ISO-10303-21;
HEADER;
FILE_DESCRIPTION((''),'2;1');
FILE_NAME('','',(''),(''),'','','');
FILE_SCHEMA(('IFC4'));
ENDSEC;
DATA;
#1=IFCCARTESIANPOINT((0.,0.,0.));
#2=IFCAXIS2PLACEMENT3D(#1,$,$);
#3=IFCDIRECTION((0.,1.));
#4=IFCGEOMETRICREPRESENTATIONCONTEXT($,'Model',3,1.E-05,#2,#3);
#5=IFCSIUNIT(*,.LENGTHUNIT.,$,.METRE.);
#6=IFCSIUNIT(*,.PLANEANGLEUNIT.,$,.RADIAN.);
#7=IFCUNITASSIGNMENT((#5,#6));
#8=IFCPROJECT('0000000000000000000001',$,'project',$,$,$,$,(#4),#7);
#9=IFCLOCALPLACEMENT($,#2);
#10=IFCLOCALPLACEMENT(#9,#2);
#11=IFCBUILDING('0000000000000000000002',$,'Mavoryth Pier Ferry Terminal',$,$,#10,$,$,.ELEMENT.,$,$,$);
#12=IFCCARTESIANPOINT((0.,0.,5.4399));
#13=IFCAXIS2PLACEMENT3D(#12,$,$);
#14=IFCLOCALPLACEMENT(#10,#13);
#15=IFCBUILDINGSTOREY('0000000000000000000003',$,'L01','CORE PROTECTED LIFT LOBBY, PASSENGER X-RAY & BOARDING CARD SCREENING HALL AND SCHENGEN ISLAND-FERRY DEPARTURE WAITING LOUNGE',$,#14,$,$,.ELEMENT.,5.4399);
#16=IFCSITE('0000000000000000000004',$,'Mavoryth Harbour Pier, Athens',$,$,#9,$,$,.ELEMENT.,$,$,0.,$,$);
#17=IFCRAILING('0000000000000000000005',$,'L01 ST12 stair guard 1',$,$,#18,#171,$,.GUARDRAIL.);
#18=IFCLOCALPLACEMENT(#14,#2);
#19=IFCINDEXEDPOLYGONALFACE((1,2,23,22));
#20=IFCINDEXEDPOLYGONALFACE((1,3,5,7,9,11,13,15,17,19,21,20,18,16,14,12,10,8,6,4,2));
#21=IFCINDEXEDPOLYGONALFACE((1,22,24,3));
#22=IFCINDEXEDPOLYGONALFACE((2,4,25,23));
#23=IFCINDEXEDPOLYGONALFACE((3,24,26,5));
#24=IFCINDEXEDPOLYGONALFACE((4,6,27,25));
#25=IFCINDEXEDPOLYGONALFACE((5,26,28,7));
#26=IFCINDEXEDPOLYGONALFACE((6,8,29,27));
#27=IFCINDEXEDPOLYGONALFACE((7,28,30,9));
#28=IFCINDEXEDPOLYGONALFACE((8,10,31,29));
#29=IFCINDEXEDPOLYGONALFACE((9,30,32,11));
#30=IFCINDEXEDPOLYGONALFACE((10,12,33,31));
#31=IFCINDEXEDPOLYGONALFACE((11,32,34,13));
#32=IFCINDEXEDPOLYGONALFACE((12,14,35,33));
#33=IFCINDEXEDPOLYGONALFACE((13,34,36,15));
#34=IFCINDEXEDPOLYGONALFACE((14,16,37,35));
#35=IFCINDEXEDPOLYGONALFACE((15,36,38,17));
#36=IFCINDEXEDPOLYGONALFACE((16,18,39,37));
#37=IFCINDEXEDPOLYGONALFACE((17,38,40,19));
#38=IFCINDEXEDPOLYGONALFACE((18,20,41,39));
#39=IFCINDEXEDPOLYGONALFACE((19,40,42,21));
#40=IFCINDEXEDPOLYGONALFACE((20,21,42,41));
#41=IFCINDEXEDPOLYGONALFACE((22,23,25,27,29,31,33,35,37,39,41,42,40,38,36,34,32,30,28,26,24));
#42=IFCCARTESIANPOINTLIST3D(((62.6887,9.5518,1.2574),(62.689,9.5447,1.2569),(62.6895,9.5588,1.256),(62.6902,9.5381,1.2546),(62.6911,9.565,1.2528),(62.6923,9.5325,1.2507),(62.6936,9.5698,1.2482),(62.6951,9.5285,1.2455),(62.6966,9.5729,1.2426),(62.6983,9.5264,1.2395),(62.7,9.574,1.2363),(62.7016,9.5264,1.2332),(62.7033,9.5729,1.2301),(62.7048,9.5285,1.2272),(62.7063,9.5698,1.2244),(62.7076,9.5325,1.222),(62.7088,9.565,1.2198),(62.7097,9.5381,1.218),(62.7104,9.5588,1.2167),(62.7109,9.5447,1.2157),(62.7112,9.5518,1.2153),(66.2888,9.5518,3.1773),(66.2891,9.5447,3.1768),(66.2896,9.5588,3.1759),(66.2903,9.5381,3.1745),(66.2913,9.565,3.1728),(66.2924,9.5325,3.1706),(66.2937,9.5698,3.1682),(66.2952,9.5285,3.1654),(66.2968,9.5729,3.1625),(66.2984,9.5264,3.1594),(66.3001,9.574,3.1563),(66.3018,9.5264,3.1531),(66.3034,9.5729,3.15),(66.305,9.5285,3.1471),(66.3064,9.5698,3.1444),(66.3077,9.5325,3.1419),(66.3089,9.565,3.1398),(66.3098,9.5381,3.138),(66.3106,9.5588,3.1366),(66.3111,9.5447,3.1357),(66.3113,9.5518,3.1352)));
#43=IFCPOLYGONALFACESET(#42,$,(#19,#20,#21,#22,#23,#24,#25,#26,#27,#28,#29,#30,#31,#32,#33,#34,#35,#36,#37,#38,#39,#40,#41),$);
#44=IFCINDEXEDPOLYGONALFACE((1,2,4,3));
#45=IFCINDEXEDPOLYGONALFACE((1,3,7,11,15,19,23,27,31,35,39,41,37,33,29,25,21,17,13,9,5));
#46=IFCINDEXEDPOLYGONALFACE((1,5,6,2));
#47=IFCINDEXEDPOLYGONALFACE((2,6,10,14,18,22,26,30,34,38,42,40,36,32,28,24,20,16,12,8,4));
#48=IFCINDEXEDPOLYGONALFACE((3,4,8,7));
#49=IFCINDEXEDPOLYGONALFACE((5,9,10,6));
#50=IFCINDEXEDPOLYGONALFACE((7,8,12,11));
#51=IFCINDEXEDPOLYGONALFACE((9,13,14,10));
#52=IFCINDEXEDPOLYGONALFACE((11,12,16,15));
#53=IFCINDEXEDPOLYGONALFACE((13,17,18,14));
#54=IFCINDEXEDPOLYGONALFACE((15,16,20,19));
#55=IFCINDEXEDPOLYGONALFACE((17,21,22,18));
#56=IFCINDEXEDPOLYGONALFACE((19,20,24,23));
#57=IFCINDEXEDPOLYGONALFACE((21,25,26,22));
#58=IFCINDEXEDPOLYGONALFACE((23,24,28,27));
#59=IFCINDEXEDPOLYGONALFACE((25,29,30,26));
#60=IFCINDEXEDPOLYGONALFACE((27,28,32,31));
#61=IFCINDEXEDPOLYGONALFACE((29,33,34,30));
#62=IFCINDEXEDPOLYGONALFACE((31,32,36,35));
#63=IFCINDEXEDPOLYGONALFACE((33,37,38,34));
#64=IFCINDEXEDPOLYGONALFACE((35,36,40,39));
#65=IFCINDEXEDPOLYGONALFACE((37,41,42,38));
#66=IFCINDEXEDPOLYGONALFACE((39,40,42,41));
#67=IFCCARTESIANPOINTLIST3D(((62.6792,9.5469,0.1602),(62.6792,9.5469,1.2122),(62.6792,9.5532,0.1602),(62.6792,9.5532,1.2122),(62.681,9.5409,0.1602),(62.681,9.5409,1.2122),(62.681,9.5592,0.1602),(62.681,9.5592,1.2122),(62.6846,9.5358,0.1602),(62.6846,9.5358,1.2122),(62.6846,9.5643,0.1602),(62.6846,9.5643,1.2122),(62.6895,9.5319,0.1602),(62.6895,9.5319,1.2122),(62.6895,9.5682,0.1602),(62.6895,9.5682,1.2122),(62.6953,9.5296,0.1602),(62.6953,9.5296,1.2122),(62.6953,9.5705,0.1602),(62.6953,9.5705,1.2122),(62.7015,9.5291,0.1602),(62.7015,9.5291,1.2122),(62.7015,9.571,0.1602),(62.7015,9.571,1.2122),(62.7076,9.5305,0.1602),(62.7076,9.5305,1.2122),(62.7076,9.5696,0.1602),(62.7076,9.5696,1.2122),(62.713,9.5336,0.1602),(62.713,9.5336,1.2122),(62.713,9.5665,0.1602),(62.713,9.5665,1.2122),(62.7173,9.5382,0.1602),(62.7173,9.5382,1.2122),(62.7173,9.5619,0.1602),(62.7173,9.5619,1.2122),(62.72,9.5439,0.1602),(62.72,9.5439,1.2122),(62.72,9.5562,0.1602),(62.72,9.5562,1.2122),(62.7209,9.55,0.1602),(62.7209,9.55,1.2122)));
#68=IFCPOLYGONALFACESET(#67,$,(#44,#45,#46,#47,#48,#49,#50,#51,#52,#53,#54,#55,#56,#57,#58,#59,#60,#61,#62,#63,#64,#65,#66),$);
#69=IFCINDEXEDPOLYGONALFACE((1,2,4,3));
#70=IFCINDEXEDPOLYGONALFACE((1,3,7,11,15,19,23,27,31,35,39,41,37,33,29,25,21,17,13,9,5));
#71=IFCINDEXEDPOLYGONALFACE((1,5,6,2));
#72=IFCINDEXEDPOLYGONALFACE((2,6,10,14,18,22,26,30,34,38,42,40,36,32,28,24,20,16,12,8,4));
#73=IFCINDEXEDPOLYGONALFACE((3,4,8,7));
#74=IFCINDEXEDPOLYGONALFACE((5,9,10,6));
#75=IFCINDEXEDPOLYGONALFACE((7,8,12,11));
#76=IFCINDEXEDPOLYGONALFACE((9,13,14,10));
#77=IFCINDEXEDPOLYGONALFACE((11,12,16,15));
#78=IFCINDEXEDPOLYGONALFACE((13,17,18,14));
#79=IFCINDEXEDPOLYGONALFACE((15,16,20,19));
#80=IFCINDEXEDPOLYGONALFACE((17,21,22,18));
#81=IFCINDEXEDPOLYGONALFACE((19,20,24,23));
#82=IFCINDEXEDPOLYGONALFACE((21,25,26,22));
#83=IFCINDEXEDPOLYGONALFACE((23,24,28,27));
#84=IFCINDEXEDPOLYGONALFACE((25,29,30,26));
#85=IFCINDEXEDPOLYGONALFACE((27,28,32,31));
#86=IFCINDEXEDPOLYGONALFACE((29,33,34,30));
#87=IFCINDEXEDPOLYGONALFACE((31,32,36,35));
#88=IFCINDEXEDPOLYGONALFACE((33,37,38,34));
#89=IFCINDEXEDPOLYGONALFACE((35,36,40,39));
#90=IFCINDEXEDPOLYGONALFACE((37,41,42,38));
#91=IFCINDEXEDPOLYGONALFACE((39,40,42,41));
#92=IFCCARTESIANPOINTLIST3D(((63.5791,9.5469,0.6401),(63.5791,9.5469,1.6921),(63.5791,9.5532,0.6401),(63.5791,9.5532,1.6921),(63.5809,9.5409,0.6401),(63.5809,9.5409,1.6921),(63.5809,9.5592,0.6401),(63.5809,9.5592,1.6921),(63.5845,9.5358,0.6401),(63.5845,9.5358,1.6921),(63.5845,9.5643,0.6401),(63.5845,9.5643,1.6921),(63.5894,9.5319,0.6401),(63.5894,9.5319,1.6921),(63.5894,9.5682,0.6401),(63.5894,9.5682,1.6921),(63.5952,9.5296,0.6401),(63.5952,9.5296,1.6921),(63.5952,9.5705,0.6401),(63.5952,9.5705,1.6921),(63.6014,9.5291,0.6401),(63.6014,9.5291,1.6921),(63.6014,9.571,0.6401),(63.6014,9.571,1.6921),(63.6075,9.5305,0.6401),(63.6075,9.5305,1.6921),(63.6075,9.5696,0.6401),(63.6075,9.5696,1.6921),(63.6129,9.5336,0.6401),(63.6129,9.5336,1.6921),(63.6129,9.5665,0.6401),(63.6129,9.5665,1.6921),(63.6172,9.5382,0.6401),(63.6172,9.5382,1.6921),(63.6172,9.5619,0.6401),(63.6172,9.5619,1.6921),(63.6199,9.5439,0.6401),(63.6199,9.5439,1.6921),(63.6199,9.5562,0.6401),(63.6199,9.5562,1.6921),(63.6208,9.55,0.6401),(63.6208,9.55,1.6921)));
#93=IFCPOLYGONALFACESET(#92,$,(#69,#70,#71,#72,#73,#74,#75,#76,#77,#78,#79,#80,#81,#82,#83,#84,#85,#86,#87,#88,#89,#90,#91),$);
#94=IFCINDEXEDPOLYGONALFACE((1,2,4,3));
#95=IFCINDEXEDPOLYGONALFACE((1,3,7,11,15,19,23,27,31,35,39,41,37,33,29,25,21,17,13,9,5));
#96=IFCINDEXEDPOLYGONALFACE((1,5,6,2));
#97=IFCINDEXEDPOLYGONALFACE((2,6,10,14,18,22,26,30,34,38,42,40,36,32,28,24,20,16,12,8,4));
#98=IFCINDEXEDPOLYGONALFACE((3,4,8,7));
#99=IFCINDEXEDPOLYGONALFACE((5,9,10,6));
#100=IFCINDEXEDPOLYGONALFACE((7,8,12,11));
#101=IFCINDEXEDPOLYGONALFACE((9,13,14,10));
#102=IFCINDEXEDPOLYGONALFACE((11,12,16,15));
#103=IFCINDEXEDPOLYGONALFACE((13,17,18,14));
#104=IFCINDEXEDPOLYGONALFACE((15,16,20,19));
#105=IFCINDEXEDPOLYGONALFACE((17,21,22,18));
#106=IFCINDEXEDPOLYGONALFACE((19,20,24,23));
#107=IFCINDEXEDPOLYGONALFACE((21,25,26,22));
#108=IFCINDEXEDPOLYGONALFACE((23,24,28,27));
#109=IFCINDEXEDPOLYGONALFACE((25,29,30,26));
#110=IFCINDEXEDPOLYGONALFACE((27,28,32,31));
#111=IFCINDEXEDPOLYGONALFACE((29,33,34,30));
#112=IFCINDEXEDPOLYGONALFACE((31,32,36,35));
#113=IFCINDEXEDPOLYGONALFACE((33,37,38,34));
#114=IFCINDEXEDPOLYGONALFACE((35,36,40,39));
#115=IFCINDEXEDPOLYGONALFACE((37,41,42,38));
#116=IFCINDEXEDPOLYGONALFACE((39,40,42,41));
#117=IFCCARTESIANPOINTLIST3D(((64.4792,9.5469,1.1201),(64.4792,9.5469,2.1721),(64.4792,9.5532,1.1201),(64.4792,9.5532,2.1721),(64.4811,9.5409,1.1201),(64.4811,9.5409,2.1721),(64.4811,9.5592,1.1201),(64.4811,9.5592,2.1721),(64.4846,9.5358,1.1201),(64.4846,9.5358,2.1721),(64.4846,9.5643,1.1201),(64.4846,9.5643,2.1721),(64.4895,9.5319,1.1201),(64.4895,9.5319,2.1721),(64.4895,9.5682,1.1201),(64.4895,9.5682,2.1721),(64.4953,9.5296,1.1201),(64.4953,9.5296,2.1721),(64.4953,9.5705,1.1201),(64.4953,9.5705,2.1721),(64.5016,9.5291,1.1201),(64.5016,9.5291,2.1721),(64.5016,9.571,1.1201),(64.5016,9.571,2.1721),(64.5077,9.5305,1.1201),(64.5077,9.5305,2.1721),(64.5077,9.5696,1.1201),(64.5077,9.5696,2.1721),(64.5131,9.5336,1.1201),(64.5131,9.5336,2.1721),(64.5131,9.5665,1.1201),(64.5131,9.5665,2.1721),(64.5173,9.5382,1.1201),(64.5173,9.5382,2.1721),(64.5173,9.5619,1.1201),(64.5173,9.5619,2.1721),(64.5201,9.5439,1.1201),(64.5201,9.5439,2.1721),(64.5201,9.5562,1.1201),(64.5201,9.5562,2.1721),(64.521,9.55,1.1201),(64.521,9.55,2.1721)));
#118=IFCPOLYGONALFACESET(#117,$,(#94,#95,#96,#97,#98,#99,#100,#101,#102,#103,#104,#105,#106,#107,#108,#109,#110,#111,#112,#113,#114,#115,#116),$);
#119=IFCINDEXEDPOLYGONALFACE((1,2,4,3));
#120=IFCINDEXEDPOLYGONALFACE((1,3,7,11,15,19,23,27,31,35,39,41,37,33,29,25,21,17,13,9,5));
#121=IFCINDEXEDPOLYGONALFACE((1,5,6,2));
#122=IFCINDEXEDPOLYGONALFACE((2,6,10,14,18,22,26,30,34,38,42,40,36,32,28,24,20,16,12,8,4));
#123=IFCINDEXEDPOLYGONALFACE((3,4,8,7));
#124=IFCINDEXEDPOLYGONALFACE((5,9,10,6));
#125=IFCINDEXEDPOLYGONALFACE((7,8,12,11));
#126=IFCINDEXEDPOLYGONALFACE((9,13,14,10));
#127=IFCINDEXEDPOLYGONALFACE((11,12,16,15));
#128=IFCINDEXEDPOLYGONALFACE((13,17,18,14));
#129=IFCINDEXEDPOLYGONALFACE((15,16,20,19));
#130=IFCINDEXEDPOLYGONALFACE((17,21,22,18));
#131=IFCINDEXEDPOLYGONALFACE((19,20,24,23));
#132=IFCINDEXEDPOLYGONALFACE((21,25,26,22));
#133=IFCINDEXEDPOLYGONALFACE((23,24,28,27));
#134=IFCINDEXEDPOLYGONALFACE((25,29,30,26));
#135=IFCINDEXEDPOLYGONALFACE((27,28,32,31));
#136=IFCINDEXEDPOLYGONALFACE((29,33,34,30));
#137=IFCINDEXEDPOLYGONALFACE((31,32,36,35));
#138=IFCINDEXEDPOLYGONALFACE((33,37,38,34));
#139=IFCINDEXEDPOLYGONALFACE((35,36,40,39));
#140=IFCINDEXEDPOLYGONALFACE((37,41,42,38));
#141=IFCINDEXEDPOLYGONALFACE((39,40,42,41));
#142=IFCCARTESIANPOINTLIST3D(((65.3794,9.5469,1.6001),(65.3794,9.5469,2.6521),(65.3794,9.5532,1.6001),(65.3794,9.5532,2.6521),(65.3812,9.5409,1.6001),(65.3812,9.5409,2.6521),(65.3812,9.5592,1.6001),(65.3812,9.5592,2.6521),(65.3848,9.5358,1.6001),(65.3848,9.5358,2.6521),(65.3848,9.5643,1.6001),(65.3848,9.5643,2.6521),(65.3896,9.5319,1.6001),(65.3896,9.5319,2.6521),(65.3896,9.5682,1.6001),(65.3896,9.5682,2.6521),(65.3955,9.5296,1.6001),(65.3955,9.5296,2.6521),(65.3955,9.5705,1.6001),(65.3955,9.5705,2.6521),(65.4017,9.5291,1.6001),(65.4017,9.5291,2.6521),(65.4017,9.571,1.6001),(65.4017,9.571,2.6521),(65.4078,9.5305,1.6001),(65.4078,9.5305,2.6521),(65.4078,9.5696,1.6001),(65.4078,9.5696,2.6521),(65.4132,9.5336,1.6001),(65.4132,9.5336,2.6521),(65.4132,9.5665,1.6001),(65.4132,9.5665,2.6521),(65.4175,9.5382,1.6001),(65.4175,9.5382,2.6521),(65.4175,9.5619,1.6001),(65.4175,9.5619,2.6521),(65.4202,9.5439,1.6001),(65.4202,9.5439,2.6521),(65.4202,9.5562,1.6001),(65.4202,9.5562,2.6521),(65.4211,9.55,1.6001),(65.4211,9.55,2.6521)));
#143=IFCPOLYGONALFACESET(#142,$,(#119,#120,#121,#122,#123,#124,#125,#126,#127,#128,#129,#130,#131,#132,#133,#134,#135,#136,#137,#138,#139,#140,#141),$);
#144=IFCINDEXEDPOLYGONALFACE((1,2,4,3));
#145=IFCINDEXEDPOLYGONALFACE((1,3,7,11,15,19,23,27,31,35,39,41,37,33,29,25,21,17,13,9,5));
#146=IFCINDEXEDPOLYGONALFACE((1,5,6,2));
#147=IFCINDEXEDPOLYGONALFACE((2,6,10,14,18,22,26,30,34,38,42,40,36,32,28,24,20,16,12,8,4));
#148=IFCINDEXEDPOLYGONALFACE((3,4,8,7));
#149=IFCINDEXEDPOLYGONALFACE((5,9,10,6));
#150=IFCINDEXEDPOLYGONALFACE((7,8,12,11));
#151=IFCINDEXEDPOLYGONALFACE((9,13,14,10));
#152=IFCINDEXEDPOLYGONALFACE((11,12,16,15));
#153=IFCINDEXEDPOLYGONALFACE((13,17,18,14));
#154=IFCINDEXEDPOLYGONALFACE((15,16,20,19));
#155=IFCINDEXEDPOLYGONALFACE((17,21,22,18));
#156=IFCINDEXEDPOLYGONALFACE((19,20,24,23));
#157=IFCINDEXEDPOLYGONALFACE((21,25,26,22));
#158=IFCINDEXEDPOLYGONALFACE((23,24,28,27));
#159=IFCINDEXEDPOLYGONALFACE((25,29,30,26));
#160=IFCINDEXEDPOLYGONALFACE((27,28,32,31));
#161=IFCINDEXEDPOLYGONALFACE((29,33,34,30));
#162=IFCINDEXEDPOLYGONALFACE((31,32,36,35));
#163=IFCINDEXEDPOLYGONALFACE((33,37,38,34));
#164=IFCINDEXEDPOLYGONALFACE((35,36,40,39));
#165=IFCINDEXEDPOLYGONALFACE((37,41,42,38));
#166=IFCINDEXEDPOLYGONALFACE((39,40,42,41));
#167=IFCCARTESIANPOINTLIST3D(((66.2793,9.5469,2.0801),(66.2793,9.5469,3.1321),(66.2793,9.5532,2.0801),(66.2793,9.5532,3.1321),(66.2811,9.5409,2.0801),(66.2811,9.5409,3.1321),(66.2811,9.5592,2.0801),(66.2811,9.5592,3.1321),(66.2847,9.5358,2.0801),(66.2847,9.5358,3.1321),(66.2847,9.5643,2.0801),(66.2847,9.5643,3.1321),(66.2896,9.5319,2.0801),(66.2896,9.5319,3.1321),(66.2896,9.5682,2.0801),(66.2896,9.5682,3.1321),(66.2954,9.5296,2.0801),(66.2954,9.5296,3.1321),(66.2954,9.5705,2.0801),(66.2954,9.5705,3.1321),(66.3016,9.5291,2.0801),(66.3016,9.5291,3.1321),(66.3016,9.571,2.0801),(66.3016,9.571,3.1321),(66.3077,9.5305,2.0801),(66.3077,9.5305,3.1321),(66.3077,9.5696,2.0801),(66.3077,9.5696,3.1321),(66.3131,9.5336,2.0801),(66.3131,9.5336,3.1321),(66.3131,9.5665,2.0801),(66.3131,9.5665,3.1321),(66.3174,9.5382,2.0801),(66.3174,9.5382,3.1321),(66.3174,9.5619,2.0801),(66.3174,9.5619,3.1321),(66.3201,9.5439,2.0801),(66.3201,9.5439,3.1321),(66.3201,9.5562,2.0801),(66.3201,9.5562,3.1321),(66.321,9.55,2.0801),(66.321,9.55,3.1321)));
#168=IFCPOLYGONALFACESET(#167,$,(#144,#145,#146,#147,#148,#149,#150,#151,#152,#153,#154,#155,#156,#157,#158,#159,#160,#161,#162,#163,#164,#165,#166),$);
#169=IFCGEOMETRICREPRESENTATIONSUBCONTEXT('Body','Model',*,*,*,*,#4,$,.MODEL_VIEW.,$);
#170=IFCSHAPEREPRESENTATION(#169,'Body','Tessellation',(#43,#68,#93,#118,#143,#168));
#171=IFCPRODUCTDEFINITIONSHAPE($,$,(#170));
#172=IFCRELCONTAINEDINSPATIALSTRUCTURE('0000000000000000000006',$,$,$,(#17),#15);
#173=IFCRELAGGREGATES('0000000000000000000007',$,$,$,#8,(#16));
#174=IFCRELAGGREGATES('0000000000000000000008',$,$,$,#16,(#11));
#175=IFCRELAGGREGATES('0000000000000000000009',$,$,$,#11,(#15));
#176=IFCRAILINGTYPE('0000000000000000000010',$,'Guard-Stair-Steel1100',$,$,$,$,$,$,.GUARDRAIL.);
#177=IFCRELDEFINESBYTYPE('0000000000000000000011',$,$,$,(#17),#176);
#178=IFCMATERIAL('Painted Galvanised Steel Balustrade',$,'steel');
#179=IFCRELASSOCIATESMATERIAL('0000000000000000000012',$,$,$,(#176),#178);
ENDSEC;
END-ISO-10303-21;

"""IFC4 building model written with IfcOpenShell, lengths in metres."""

from ifc_helpers import new_model, si_unit, direction, frame, origin, origin_2d, place, context, subcontext, project, spatial, circle, extrude, material, type_object, element, save


model = new_model("IFC4")

# Units and contexts
model_context = context("Model", 3, precision=1e-05, world=origin(), true_north=direction((0.0, 1.0)))
body_context = subcontext(model_context, "Body", "Model", "MODEL_VIEW")
ifc_project = project(units=[si_unit("LENGTHUNIT", "METRE"), si_unit("PLANEANGLEUNIT", "RADIAN")], contexts=[model_context])

# Site, building, storey
site_placement = place(None, origin())
site = spatial("IfcSite", under=ifc_project, at=site_placement, Name="Mavoryth Harbour Pier, Athens", CompositionType="ELEMENT", RefElevation=0.0)
building_placement = place(site_placement, origin())
building = spatial("IfcBuilding", under=site, at=building_placement, Name="Mavoryth Pier Ferry Terminal", CompositionType="ELEMENT")
storey_placement = place(building_placement, frame((0.0, 0.0, 5.4399)))
storey = spatial("IfcBuildingStorey", under=building, at=storey_placement, Name="L01", Description="CORE PROTECTED LIFT LOBBY, PASSENGER X-RAY & BOARDING CARD SCREENING HALL AND SCHENGEN ISLAND-FERRY DEPARTURE WAITING LOUNGE", CompositionType="ELEMENT", Elevation=5.4399)

# Railing
ifc_material_1 = material(Name="Painted Galvanised Steel Balustrade", Category="steel")
railing_type_1 = type_object("IfcRailingType", Name="Guard-Stair-Steel1100", PredefinedType="GUARDRAIL", material=ifc_material_1)
railing_1_placement = place(storey_placement, frame((62.7, 9.55, 0.1602)))
element("IfcRailing", 1, at=railing_1_placement, inside=storey, type_object=railing_type_1, Name="L01 ST12 stair guard 1", PredefinedType="GUARDRAIL", context=body_context, shape_type="SweptSolid", body=[
    extrude(circle(Radius=0.0239, at=origin_2d()), frame((0.0, 0.0, 1.0762), z_axis=(0.882366, 0.0, 0.470563), x_axis=(0.0, 1.0, 0.0)), (0.0, 0.0, 1.0), 4.0801),
    extrude(circle(Radius=0.021, at=origin_2d()), origin(), (0.0, 0.0, 1.0), 1.052),
    extrude(circle(Radius=0.021, at=origin_2d()), frame((0.8999, 0.0, 0.48)), (0.0, 0.0, 1.0), 1.052),
    extrude(circle(Radius=0.021, at=origin_2d()), frame((1.8, 0.0, 0.96)), (0.0, 0.0, 1.0), 1.052),
    extrude(circle(Radius=0.021, at=origin_2d()), frame((2.7002, 0.0, 1.4399)), (0.0, 0.0, 1.0), 1.052),
    extrude(circle(Radius=0.021, at=origin_2d()), frame((3.6001, 0.0, 1.9199)), (0.0, 0.0, 1.0), 1.052),
])

save(model, "model.ifc")
